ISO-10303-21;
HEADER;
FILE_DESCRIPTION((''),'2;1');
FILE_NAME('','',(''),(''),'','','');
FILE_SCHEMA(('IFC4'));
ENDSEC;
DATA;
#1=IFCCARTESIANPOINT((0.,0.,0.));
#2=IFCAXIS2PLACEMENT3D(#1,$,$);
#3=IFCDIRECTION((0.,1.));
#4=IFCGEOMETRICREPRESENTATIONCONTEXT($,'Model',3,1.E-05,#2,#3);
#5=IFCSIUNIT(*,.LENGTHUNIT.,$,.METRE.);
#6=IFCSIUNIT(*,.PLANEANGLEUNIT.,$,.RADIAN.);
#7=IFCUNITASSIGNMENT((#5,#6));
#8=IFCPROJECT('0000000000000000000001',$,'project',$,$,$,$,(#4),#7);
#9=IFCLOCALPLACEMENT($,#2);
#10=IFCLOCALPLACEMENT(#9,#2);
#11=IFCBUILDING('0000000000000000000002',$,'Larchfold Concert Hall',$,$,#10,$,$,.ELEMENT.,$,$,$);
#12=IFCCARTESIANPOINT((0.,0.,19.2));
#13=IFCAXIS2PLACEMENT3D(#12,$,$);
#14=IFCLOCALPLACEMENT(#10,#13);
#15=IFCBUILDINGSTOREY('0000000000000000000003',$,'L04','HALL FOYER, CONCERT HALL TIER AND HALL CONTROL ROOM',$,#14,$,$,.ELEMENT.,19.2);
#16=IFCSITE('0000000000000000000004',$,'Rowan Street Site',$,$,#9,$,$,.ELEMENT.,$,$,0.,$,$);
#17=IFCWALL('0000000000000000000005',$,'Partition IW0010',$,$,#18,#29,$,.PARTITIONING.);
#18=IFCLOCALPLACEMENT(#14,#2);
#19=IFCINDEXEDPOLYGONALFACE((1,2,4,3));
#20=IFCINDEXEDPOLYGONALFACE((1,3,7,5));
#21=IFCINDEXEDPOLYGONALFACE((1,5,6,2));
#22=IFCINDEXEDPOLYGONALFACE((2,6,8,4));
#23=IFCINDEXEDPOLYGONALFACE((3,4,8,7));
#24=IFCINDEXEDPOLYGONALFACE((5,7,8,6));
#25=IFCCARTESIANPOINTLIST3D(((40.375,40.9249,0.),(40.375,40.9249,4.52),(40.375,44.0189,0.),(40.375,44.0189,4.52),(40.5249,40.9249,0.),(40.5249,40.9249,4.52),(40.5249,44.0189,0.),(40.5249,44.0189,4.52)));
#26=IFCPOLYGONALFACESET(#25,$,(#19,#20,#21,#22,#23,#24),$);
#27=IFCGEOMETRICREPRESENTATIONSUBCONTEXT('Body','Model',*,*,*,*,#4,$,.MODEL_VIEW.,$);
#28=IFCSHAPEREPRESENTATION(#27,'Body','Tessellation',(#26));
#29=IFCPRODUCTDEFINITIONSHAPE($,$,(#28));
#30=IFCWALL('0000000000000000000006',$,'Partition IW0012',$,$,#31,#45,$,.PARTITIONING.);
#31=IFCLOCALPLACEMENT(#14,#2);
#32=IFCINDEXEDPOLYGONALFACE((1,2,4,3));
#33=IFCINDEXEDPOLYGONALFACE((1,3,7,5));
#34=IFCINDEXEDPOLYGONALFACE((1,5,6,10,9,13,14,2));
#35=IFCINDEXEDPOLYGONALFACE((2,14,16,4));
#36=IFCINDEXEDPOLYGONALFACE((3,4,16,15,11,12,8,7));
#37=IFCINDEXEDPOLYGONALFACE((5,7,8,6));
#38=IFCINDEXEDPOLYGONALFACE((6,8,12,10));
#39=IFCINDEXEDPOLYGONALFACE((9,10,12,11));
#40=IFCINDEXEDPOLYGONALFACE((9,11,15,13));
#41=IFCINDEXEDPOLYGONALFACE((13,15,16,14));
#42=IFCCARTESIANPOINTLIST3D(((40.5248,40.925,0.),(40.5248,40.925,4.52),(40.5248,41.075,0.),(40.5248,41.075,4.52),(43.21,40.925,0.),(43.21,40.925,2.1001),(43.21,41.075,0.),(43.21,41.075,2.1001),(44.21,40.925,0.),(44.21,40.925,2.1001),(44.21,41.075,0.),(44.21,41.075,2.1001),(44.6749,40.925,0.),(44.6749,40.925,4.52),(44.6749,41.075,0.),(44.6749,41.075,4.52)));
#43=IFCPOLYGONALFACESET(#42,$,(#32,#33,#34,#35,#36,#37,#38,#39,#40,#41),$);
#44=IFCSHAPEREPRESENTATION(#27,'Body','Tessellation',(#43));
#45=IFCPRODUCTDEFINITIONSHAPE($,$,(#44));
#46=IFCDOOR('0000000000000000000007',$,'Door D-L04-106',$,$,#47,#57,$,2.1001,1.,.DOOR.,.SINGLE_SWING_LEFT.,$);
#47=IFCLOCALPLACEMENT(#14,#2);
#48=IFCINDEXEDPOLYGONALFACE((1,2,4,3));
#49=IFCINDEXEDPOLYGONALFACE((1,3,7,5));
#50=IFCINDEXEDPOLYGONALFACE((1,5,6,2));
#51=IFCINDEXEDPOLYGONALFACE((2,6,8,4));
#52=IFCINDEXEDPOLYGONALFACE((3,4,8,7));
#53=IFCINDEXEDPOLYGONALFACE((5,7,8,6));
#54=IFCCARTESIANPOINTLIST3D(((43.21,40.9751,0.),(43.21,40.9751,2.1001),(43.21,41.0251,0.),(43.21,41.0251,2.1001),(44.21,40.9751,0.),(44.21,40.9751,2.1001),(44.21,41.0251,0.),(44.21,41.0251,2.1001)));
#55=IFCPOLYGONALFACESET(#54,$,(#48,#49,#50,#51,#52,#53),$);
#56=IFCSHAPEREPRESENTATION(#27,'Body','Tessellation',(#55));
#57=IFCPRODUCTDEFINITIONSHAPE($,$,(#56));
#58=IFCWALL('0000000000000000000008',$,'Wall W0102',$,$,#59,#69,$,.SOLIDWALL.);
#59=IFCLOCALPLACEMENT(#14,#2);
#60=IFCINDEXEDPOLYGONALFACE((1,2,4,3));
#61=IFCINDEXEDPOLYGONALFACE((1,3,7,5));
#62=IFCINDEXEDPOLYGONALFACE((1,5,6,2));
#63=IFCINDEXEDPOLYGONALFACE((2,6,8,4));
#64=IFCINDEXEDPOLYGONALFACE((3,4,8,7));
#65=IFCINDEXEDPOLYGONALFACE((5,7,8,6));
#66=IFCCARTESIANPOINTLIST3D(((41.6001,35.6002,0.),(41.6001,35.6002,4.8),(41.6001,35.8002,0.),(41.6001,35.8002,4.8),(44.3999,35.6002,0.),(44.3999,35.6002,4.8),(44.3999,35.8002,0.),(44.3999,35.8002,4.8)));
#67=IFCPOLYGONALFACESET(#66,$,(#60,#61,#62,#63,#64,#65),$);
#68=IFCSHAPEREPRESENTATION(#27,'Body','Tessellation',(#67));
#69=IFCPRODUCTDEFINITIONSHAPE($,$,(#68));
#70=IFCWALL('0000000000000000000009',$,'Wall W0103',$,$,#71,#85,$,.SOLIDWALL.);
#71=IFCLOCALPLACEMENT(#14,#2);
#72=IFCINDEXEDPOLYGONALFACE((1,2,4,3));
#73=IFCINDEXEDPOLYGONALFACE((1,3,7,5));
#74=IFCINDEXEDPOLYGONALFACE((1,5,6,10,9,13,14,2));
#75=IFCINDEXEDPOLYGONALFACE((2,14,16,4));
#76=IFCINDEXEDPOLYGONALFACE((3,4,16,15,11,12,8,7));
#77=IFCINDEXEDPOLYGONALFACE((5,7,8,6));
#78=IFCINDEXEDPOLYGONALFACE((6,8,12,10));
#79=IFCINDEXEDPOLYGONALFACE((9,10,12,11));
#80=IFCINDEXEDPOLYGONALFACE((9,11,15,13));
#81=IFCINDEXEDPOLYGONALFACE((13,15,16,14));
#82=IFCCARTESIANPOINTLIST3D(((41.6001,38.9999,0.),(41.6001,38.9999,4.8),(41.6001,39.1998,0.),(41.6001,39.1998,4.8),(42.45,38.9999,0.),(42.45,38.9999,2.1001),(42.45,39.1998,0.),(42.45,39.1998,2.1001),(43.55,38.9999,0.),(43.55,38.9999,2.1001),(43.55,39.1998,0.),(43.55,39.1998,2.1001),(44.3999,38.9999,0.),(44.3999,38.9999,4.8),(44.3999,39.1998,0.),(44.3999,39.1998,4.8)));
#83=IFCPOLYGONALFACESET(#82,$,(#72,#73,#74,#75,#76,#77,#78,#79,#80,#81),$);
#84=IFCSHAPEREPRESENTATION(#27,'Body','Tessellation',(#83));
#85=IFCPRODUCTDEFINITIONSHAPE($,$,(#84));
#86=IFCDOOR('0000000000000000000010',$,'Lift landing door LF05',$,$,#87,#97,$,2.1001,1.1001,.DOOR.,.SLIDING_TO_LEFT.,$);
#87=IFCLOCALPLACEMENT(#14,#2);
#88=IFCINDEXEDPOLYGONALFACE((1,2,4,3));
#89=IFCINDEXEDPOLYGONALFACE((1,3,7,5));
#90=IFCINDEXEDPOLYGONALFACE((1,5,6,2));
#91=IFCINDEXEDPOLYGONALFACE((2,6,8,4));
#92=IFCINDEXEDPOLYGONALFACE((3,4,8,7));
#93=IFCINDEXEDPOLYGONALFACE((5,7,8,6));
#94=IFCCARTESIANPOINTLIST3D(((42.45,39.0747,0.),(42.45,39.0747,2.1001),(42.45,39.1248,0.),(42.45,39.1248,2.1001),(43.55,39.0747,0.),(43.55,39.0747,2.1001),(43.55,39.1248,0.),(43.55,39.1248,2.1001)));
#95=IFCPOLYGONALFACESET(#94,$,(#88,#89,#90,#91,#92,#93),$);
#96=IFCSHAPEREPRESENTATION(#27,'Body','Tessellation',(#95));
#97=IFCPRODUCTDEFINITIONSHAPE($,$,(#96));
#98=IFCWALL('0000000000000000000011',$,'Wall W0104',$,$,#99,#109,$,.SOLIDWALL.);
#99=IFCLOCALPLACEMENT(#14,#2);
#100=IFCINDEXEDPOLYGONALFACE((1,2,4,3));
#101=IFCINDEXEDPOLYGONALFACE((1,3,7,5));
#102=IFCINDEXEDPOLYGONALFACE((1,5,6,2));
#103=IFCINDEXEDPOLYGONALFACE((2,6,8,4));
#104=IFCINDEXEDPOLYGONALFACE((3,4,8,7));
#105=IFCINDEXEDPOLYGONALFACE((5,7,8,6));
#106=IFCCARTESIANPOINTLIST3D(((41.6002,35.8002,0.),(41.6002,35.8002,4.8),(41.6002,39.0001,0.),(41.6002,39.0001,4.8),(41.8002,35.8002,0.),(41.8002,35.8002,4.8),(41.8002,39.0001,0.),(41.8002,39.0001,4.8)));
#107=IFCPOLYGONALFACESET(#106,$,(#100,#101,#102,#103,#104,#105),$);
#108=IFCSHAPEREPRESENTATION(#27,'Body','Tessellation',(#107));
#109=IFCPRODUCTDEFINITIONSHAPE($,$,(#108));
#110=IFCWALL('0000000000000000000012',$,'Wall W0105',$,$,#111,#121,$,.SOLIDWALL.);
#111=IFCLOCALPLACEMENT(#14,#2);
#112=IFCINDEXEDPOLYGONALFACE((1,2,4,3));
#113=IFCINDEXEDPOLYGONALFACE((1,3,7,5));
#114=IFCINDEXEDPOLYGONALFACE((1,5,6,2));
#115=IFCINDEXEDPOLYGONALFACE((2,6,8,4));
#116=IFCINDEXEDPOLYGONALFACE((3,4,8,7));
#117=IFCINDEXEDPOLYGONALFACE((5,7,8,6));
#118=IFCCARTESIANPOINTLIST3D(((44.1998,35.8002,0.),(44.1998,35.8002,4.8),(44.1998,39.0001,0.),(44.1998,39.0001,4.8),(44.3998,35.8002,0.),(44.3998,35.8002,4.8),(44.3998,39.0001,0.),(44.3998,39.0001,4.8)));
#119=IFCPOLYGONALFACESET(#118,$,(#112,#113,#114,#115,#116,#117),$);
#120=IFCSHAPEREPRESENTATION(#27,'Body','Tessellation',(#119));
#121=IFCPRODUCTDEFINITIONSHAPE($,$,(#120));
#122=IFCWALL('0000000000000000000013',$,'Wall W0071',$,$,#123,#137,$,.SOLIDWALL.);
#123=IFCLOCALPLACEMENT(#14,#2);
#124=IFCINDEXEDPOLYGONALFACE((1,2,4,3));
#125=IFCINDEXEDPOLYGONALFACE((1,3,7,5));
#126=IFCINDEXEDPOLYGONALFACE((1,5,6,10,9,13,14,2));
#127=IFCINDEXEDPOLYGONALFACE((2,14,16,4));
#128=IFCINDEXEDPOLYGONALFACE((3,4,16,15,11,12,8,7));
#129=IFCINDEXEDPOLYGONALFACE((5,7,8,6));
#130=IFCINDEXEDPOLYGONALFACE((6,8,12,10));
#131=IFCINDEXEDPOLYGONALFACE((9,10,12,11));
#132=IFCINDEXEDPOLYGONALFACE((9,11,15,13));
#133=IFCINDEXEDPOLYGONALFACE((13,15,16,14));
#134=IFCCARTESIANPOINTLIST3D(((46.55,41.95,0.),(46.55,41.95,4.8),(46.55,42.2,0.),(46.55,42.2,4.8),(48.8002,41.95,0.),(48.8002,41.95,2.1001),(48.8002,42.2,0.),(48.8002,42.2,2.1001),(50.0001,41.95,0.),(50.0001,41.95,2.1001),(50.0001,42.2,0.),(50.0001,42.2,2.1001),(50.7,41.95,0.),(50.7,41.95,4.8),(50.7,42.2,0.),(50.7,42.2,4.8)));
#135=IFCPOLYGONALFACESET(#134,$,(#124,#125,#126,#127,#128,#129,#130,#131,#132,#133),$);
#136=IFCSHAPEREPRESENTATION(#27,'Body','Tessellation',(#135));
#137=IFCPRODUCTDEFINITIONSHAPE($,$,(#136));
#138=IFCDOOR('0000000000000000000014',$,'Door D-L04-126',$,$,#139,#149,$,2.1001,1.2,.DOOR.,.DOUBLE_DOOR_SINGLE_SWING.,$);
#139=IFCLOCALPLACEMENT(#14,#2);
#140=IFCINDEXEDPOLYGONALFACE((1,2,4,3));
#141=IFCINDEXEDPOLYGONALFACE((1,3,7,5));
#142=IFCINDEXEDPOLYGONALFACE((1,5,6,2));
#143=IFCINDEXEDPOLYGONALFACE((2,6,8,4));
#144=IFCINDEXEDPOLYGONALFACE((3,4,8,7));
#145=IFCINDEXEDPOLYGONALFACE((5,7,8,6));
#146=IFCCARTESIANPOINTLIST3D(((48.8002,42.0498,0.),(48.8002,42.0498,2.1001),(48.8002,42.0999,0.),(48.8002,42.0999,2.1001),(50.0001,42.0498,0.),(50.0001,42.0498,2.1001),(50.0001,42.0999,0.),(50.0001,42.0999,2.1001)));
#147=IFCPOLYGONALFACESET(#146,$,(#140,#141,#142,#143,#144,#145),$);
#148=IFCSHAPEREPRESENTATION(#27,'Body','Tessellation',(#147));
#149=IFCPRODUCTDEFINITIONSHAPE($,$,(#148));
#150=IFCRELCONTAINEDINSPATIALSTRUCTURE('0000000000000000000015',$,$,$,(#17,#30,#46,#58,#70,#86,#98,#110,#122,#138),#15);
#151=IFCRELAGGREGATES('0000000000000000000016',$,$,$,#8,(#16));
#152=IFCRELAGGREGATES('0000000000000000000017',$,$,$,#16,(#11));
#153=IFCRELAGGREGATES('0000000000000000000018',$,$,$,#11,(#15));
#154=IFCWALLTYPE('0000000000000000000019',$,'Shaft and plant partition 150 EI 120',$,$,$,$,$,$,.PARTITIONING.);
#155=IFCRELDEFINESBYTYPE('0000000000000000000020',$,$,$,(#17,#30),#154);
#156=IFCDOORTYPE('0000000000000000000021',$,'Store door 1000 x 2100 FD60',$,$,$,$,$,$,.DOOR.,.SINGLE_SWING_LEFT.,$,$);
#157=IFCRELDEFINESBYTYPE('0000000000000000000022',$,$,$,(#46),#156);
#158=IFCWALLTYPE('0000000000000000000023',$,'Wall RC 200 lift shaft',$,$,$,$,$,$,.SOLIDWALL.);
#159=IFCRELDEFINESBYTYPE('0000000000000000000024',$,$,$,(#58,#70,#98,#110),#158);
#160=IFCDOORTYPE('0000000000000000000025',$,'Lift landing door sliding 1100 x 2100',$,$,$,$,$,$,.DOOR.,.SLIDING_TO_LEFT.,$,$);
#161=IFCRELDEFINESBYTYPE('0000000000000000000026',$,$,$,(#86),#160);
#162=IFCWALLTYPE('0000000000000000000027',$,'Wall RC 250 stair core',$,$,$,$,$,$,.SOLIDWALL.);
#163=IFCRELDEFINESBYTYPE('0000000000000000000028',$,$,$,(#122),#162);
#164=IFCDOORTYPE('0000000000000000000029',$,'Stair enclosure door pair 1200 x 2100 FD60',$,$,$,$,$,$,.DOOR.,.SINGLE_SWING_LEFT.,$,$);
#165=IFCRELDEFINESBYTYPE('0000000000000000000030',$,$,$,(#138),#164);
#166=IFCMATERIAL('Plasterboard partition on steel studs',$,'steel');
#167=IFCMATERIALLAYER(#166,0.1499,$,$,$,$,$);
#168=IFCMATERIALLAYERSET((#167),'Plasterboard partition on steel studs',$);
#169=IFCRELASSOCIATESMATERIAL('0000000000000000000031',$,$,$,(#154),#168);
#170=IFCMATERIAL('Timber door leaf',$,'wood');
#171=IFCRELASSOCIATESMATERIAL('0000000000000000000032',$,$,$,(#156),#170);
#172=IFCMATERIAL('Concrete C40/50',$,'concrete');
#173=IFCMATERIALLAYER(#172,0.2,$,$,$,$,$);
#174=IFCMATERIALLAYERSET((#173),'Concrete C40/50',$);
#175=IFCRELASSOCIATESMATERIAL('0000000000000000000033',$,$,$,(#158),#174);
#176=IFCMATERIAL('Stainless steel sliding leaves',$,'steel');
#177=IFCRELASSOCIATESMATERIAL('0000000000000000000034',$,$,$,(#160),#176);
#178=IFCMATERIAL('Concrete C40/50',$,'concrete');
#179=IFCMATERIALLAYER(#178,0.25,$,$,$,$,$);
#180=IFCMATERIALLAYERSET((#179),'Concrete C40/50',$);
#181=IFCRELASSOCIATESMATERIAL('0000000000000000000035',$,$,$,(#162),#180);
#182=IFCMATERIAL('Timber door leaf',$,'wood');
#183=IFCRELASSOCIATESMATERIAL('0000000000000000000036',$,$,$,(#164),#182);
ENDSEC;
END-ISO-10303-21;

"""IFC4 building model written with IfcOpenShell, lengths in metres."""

from ifc_helpers import new_model, si_unit, direction, frame, frame_2d, origin, place, context, subcontext, project, spatial, rectangle, extrude, material, layer, layer_set, type_object, element, fill, save


model = new_model("IFC4")

# Units and contexts
model_context = context("Model", 3, precision=1e-05, world=origin(), true_north=direction((0.0, 1.0)))
body_context = subcontext(model_context, "Body", "Model", "MODEL_VIEW")
ifc_project = project(units=[si_unit("LENGTHUNIT", "METRE"), si_unit("PLANEANGLEUNIT", "RADIAN")], contexts=[model_context])

# Site, building, storey
site_placement = place(None, origin())
site = spatial("IfcSite", under=ifc_project, at=site_placement, Name="Rowan Street Site", CompositionType="ELEMENT", RefElevation=0.0)
building_placement = place(site_placement, origin())
building = spatial("IfcBuilding", under=site, at=building_placement, Name="Larchfold Concert Hall", CompositionType="ELEMENT")
storey_placement = place(building_placement, frame((0.0, 0.0, 19.2)))
storey = spatial("IfcBuildingStorey", under=building, at=storey_placement, Name="L04", Description="HALL FOYER, CONCERT HALL TIER AND HALL CONTROL ROOM", CompositionType="ELEMENT", Elevation=19.2)

# Wall
ifc_material_1 = material(Name="Plasterboard partition on steel studs", Category="steel")
ifc_layer_1 = layer(ifc_material_1, 0.1499)
ifc_layer_set_1 = layer_set([ifc_layer_1], Name="Plasterboard partition on steel studs")
wall_type_1 = type_object("IfcWallType", Name="Shaft and plant partition 150 EI 120", PredefinedType="PARTITIONING", material=ifc_layer_set_1)
wall_1_placement = place(storey_placement, frame((40.45, 40.925, 0.0), z_axis=(0.0, 0.0, 1.0), x_axis=(0.0, 1.0, 0.0)))
element("IfcWall", 1, at=wall_1_placement, inside=storey, type_object=wall_type_1, Name="Partition IW0010", PredefinedType="PARTITIONING", context=body_context, shape_type="SweptSolid", body=[
    extrude(rectangle(XDim=3.094, YDim=0.1499, at=frame_2d((1.5469, 0.0))), origin(), (0.0, 0.0, 1.0), 4.52),
])

# Wall, opening, door
wall_2_placement = place(storey_placement, frame((44.675, 41.0, 0.0), z_axis=(0.0, 0.0, 1.0), x_axis=(-1.0, 0.0, 0.0)))
wall_2 = element("IfcWall", 2, at=wall_2_placement, inside=storey, type_object=wall_type_1, Name="Partition IW0012", PredefinedType="PARTITIONING", context=body_context, shape_type="SweptSolid", body=[
    extrude(rectangle(XDim=4.1501, YDim=0.1499, at=frame_2d((2.0752, 0.0))), origin(), (0.0, 0.0, 1.0), 4.52),
])
opening_1_placement = place(wall_2_placement, frame((0.4651, 0.0, 0.0)))
opening_1 = element("IfcOpeningElement", 3, at=opening_1_placement, cuts=wall_2, PredefinedType="OPENING", context=body_context, shape_type="SweptSolid", body=[
    extrude(rectangle(XDim=1.0, YDim=2.1001, at=frame_2d((0.5, 1.05))), frame((0.0, 0.085, 0.0), z_axis=(0.0, -1.0, 0.0), x_axis=(1.0, 0.0, 0.0)), (0.0, 0.0, 1.0), 0.1699),
])
ifc_material_2 = material(Name="Timber door leaf", Category="wood")
door_type_1 = type_object("IfcDoorType", Name="Store door 1000 x 2100 FD60", OperationType="SINGLE_SWING_LEFT", PredefinedType="DOOR", material=ifc_material_2)
door_1_placement = place(opening_1_placement, origin())
door_1 = element("IfcDoor", 4, at=door_1_placement, inside=storey, type_object=door_type_1, Name="Door D-L04-106", OperationType="SINGLE_SWING_LEFT", OverallHeight=2.1001, OverallWidth=1.0, PredefinedType="DOOR", context=body_context, shape_type="SweptSolid", body=[
    extrude(rectangle(XDim=1.0, YDim=2.1001, at=frame_2d((0.5, 1.05))), frame((0.0, 0.0249, 0.0), z_axis=(0.0, -1.0, 0.0), x_axis=(1.0, 0.0, 0.0)), (0.0, 0.0, 1.0), 0.05),
])
fill(opening_1, door_1)

# Wall
ifc_material_3 = material(Name="Concrete C40/50", Category="concrete")
ifc_layer_2 = layer(ifc_material_3, 0.2)
ifc_layer_set_2 = layer_set([ifc_layer_2], Name="Concrete C40/50")
wall_type_2 = type_object("IfcWallType", Name="Wall RC 200 lift shaft", PredefinedType="SOLIDWALL", material=ifc_layer_set_2)
wall_3_placement = place(storey_placement, frame((41.6001, 35.7002, 0.0), z_axis=(0.0, 0.0, 1.0), x_axis=(1.0, 0.0, 0.0)))
element("IfcWall", 5, at=wall_3_placement, inside=storey, type_object=wall_type_2, Name="Wall W0102", PredefinedType="SOLIDWALL", context=body_context, shape_type="SweptSolid", body=[
    extrude(rectangle(XDim=2.7998, YDim=0.2, at=frame_2d((1.3999, 0.0))), origin(), (0.0, 0.0, 1.0), 4.8),
])

# Wall, opening, door
wall_4_placement = place(storey_placement, frame((41.6001, 39.0999, 0.0), z_axis=(0.0, 0.0, 1.0), x_axis=(1.0, 0.0, 0.0)))
wall_4 = element("IfcWall", 6, at=wall_4_placement, inside=storey, type_object=wall_type_2, Name="Wall W0103", PredefinedType="SOLIDWALL", context=body_context, shape_type="SweptSolid", body=[
    extrude(rectangle(XDim=2.7998, YDim=0.2, at=frame_2d((1.3999, 0.0))), origin(), (0.0, 0.0, 1.0), 4.8),
])
opening_2_placement = place(wall_4_placement, frame((0.8499, 0.0, 0.0)))
opening_2 = element("IfcOpeningElement", 7, at=opening_2_placement, cuts=wall_4, PredefinedType="OPENING", context=body_context, shape_type="SweptSolid", body=[
    extrude(rectangle(XDim=1.1001, YDim=2.1001, at=frame_2d((0.55, 1.05))), frame((0.0, 0.1099, 0.0), z_axis=(0.0, -1.0, 0.0), x_axis=(1.0, 0.0, 0.0)), (0.0, 0.0, 1.0), 0.22),
])
ifc_material_4 = material(Name="Stainless steel sliding leaves", Category="steel")
door_type_2 = type_object("IfcDoorType", Name="Lift landing door sliding 1100 x 2100", OperationType="SLIDING_TO_LEFT", PredefinedType="DOOR", material=ifc_material_4)
door_2_placement = place(opening_2_placement, origin())
door_2 = element("IfcDoor", 8, at=door_2_placement, inside=storey, type_object=door_type_2, Name="Lift landing door LF05", OperationType="SLIDING_TO_LEFT", OverallHeight=2.1001, OverallWidth=1.1001, PredefinedType="DOOR", context=body_context, shape_type="SweptSolid", body=[
    extrude(rectangle(XDim=1.1001, YDim=2.1001, at=frame_2d((0.55, 1.05))), frame((0.0, 0.0249, 0.0), z_axis=(0.0, -1.0, 0.0), x_axis=(1.0, 0.0, 0.0)), (0.0, 0.0, 1.0), 0.05),
])
fill(opening_2, door_2)

# Walls
for number, where, z_axis, x_axis, name in (
    (9, (41.7002, 35.8, 0.0), (0.0, 0.0, 1.0), (0.0, 1.0, 0.0), "Wall W0104"),
    (10, (44.2998, 35.8, 0.0), (0.0, 0.0, 1.0), (0.0, 1.0, 0.0), "Wall W0105"),
):
    element("IfcWall", number, at=place(storey_placement, frame(where, z_axis=z_axis, x_axis=x_axis)), inside=storey, type_object=wall_type_2, Name=name, PredefinedType="SOLIDWALL", context=body_context, shape_type="SweptSolid", body=[
        extrude(rectangle(XDim=3.2, YDim=0.2, at=frame_2d((1.6001, 0.0))), origin(), (0.0, 0.0, 1.0), 4.8),
    ])

# Wall, opening, door
ifc_material_5 = material(Name="Concrete C40/50", Category="concrete")
ifc_layer_3 = layer(ifc_material_5, 0.25)
ifc_layer_set_3 = layer_set([ifc_layer_3], Name="Concrete C40/50")
wall_type_3 = type_object("IfcWallType", Name="Wall RC 250 stair core", PredefinedType="SOLIDWALL", material=ifc_layer_set_3)
wall_5_placement = place(storey_placement, frame((46.55, 42.075, 0.0), z_axis=(0.0, 0.0, 1.0), x_axis=(1.0, 0.0, 0.0)))
wall_5 = element("IfcWall", 11, at=wall_5_placement, inside=storey, type_object=wall_type_3, Name="Wall W0071", PredefinedType="SOLIDWALL", context=body_context, shape_type="SweptSolid", body=[
    extrude(rectangle(XDim=4.1499, YDim=0.25, at=frame_2d((2.075, 0.0))), origin(), (0.0, 0.0, 1.0), 4.8),
])
opening_3_placement = place(wall_5_placement, frame((2.25, 0.0, 0.0)))
opening_3 = element("IfcOpeningElement", 12, at=opening_3_placement, cuts=wall_5, PredefinedType="OPENING", context=body_context, shape_type="SweptSolid", body=[
    extrude(rectangle(XDim=1.2, YDim=2.1001, at=frame_2d((0.6001, 1.05))), frame((0.0, 0.135, 0.0), z_axis=(0.0, -1.0, 0.0), x_axis=(1.0, 0.0, 0.0)), (0.0, 0.0, 1.0), 0.27),
])
ifc_material_6 = material(Name="Timber door leaf", Category="wood")
door_type_3 = type_object("IfcDoorType", Name="Stair enclosure door pair 1200 x 2100 FD60", OperationType="SINGLE_SWING_LEFT", PredefinedType="DOOR", material=ifc_material_6)
door_3_placement = place(opening_3_placement, origin())
door_3 = element("IfcDoor", 13, at=door_3_placement, inside=storey, type_object=door_type_3, Name="Door D-L04-126", OperationType="DOUBLE_DOOR_SINGLE_SWING", OverallHeight=2.1001, OverallWidth=1.2, PredefinedType="DOOR", context=body_context, shape_type="SweptSolid", body=[
    extrude(rectangle(XDim=1.2, YDim=2.1001, at=frame_2d((0.6001, 1.05))), frame((0.0, 0.0249, 0.0), z_axis=(0.0, -1.0, 0.0), x_axis=(1.0, 0.0, 0.0)), (0.0, 0.0, 1.0), 0.05),
])
fill(opening_3, door_3)

save(model, "model.ifc")
